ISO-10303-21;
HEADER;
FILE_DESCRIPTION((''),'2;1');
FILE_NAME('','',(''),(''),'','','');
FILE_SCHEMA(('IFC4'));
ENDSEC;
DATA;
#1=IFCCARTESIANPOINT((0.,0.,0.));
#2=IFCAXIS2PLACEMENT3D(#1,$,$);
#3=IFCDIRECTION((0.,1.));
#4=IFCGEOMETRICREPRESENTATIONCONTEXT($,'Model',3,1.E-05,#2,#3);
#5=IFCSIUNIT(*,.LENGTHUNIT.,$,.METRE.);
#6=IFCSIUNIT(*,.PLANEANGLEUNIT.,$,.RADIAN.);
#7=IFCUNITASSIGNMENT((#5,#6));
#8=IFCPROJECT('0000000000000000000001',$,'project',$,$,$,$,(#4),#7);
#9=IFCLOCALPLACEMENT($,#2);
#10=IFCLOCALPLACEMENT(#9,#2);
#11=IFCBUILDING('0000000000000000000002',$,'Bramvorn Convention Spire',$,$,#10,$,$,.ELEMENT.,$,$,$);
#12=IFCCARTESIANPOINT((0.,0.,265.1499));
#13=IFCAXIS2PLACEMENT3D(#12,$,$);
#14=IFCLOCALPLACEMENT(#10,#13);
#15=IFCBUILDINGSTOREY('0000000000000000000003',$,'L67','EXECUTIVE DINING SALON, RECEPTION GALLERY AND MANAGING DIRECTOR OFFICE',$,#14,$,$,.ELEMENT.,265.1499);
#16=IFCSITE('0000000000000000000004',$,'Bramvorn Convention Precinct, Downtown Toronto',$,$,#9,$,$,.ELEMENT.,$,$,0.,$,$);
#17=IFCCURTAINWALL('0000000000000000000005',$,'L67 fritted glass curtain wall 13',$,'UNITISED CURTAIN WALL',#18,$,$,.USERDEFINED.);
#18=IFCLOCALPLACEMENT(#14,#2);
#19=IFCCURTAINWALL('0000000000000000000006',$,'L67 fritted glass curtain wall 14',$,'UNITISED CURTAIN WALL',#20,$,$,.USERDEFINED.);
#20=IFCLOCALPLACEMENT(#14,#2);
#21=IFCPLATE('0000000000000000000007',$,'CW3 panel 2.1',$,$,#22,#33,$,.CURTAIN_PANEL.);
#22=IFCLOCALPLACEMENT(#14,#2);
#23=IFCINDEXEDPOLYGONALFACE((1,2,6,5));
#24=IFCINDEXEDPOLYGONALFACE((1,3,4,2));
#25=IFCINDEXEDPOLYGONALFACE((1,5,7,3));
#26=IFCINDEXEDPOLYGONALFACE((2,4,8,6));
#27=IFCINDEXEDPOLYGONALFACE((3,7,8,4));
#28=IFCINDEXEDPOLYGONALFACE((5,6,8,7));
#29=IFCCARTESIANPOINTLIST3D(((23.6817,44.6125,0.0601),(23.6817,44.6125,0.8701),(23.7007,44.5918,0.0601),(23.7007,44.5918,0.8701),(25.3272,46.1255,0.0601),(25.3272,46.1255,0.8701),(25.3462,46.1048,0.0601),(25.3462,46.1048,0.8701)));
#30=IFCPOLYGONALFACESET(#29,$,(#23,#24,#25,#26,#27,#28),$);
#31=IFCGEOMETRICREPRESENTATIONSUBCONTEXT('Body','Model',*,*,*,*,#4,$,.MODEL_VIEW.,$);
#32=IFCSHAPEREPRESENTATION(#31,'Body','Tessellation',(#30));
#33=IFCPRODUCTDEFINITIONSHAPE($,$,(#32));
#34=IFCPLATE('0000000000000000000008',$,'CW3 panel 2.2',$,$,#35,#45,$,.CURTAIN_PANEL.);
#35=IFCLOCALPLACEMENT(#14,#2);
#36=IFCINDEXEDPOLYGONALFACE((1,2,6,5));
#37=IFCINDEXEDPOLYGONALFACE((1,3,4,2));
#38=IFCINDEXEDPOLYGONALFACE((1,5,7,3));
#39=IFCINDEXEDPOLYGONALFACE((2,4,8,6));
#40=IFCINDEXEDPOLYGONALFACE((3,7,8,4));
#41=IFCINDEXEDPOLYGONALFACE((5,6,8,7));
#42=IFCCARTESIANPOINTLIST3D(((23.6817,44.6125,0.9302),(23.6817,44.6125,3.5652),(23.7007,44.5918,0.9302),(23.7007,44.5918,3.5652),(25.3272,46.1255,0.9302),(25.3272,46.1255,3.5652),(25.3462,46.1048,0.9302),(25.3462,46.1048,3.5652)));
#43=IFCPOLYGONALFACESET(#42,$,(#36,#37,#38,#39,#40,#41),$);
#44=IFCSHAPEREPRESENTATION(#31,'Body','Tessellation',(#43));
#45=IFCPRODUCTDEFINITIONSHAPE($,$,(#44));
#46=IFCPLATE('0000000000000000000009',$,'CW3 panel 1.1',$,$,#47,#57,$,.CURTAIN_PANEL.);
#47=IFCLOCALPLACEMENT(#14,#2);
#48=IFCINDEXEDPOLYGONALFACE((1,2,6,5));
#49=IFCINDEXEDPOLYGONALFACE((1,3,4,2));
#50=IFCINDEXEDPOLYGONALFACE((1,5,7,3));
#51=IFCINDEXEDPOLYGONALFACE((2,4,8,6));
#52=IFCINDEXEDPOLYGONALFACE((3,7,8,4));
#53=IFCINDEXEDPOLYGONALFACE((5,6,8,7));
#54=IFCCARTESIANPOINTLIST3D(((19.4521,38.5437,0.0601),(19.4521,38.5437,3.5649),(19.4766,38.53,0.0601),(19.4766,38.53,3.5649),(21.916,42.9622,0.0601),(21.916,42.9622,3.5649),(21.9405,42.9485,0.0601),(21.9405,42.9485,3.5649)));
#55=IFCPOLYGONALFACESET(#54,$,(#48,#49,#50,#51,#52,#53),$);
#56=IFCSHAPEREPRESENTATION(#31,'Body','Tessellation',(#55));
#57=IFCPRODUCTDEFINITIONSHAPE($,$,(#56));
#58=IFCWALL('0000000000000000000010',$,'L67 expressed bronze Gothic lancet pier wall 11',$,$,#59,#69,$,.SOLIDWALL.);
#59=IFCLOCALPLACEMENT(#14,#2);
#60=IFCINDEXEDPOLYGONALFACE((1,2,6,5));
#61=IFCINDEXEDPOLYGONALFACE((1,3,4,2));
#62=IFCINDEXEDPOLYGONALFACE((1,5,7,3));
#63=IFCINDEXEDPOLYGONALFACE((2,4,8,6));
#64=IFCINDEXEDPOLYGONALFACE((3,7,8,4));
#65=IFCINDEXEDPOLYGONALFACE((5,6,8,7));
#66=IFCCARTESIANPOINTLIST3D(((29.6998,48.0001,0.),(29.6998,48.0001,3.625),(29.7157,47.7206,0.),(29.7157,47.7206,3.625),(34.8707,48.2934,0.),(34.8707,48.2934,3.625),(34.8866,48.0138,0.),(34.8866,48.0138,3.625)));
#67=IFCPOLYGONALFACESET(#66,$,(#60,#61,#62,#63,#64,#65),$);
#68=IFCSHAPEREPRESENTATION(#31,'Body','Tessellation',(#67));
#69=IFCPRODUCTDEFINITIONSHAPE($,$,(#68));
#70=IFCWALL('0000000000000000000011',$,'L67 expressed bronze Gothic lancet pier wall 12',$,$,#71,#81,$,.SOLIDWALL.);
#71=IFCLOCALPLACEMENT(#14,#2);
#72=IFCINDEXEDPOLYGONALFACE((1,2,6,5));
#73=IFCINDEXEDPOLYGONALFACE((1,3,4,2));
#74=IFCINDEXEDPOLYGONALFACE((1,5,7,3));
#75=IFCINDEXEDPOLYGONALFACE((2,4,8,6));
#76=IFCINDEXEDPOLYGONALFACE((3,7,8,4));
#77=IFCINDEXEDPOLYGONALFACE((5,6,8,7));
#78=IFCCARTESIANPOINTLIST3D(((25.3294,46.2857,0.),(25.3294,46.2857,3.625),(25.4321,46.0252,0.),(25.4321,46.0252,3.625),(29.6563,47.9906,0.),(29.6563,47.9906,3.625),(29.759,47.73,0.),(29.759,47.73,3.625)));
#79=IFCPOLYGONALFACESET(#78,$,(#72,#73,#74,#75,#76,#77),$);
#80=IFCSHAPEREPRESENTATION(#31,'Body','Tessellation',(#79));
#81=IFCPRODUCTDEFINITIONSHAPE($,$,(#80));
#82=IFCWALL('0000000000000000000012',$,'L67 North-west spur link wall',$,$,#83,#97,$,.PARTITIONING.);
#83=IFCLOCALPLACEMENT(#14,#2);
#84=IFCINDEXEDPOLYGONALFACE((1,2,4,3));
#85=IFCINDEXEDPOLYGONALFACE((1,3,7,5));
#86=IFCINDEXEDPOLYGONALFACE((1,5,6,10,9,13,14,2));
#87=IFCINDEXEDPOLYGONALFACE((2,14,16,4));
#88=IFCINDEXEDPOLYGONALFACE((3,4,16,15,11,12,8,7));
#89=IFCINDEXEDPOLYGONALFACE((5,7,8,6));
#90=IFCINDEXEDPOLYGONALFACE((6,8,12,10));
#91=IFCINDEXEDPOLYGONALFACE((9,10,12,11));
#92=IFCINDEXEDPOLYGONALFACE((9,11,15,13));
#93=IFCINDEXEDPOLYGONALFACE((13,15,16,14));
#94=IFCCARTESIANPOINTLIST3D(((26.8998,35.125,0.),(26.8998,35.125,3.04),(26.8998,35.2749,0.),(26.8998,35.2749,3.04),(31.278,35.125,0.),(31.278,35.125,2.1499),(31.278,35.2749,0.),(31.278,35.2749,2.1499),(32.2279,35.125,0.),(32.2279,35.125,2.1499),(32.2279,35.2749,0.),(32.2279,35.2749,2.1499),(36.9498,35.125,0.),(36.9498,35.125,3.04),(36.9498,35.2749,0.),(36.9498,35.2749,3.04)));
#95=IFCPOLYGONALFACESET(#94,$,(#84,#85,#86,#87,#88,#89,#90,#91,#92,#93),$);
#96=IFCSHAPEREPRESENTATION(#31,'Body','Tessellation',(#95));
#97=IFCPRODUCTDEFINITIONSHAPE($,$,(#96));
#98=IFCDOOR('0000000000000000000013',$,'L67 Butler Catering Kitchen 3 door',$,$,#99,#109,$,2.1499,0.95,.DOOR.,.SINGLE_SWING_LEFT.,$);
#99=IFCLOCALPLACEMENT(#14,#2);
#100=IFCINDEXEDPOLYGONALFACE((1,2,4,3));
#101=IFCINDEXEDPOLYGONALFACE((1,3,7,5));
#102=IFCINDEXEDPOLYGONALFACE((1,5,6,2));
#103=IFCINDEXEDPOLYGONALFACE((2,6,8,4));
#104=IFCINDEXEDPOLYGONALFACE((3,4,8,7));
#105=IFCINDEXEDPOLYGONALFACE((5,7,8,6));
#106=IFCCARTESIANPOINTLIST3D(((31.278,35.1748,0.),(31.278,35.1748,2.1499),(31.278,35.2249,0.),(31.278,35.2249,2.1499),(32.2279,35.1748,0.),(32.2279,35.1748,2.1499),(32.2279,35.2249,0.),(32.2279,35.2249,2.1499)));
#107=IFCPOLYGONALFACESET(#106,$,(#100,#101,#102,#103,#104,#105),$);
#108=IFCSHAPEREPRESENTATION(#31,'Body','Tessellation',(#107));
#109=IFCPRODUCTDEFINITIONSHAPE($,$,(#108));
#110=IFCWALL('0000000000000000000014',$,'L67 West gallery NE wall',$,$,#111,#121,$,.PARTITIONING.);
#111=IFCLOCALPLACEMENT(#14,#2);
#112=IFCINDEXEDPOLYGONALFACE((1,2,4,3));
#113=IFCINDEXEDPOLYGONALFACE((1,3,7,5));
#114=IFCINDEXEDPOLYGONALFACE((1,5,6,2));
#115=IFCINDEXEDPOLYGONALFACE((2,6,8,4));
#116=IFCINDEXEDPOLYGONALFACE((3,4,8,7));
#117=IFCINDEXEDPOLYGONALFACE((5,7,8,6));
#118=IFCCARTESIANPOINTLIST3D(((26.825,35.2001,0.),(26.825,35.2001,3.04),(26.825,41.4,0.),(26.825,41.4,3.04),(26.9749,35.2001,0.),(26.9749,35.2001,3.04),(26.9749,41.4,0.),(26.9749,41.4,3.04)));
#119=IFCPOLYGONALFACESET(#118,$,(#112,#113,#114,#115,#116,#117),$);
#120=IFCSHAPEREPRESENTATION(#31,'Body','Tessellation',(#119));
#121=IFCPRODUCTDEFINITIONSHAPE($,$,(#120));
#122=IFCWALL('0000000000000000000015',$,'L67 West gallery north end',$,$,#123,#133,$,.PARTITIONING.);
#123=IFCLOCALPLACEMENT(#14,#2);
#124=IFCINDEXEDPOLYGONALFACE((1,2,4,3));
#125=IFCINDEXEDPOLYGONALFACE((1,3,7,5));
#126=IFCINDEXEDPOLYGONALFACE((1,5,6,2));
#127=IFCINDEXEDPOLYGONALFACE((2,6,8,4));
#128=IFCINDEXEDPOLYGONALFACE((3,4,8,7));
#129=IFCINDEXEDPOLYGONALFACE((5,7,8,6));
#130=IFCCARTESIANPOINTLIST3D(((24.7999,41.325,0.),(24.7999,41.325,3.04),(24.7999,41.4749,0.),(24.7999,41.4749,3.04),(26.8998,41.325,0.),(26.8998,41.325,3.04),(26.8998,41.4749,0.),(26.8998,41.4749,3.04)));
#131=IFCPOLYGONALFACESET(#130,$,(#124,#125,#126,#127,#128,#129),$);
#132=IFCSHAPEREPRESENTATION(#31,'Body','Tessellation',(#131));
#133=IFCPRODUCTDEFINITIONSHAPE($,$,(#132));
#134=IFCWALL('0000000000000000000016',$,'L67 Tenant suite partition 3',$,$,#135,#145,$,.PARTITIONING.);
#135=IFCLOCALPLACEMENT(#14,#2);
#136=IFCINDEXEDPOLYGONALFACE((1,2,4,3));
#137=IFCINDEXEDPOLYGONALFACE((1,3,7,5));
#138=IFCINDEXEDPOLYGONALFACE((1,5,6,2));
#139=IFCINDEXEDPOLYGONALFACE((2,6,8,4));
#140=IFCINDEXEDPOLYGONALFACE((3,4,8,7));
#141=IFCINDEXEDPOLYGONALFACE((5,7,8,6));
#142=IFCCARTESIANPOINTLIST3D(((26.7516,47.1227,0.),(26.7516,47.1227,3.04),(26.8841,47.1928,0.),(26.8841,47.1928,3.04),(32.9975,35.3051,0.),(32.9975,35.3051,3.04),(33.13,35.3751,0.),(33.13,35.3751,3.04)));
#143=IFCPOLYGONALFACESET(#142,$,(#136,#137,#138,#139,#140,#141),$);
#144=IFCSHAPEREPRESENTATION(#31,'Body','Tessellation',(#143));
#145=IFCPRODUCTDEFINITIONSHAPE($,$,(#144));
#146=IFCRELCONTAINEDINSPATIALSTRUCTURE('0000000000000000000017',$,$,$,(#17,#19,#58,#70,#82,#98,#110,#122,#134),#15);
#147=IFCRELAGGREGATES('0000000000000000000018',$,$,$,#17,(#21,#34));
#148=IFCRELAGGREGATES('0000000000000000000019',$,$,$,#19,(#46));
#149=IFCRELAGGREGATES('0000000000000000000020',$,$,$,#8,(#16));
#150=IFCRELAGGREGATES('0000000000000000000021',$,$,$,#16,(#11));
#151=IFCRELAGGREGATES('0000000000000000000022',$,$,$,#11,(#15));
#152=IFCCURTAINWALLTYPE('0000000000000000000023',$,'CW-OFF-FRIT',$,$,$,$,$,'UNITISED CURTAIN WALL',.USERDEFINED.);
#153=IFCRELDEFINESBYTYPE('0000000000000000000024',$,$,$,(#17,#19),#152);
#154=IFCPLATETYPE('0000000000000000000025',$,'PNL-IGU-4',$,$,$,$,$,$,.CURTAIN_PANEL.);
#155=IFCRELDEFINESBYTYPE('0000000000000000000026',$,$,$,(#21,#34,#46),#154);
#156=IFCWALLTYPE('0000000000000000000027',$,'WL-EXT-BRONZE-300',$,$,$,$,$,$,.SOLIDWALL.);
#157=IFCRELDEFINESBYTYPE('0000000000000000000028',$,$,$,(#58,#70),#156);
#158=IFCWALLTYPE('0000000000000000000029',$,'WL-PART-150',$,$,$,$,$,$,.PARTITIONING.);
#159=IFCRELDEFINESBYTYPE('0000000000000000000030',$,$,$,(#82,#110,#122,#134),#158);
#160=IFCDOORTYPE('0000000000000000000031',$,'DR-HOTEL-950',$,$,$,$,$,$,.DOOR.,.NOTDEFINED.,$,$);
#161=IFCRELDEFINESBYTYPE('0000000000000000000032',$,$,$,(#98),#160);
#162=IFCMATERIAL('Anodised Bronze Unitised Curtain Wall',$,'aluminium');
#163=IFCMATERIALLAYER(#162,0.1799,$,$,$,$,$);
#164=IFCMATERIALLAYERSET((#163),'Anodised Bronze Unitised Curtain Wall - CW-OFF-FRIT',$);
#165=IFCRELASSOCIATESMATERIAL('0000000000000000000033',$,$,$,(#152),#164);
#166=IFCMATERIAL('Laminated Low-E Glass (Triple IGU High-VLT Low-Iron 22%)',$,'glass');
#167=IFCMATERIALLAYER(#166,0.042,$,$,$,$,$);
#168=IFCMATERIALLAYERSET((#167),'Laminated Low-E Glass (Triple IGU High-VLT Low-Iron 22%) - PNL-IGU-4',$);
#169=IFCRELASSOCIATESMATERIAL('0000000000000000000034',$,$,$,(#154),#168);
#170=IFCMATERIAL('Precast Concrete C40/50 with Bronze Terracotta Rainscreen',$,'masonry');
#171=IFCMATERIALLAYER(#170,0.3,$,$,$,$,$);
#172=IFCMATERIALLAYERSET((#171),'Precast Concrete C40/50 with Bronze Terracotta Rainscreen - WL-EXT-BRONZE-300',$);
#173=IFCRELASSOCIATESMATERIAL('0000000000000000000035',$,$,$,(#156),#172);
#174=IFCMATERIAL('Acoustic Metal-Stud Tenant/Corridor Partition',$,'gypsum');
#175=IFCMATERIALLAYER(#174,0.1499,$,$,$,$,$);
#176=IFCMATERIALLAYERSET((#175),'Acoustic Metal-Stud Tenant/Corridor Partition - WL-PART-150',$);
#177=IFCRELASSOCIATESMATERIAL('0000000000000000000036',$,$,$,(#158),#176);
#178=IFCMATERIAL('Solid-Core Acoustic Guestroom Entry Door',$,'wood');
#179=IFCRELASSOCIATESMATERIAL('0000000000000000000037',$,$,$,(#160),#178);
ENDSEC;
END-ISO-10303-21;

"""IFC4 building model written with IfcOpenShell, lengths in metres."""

from ifc_helpers import new_model, si_unit, direction, frame, frame_2d, origin, origin_2d, place, context, subcontext, project, spatial, rectangle, extrude, material, layer, layer_set, type_object, element, fill, aggregate, save


model = new_model("IFC4")

# Units and contexts
model_context = context("Model", 3, precision=1e-05, world=origin(), true_north=direction((0.0, 1.0)))
body_context = subcontext(model_context, "Body", "Model", "MODEL_VIEW")
ifc_project = project(units=[si_unit("LENGTHUNIT", "METRE"), si_unit("PLANEANGLEUNIT", "RADIAN")], contexts=[model_context])

# Site, building, storey
site_placement = place(None, origin())
site = spatial("IfcSite", under=ifc_project, at=site_placement, Name="Bramvorn Convention Precinct, Downtown Toronto", CompositionType="ELEMENT", RefElevation=0.0)
building_placement = place(site_placement, origin())
building = spatial("IfcBuilding", under=site, at=building_placement, Name="Bramvorn Convention Spire", CompositionType="ELEMENT")
storey_placement = place(building_placement, frame((0.0, 0.0, 265.1499)))
storey = spatial("IfcBuildingStorey", under=building, at=storey_placement, Name="L67", Description="EXECUTIVE DINING SALON, RECEPTION GALLERY AND MANAGING DIRECTOR OFFICE", CompositionType="ELEMENT", Elevation=265.1499)

# Curtain walls
ifc_material_1 = material(Name="Anodised Bronze Unitised Curtain Wall", Category="aluminium")
ifc_layer_1 = layer(ifc_material_1, 0.1799)
ifc_layer_set_1 = layer_set([ifc_layer_1], Name="Anodised Bronze Unitised Curtain Wall - CW-OFF-FRIT")
curtain_wall_type = type_object("IfcCurtainWallType", Name="CW-OFF-FRIT", ElementType="UNITISED CURTAIN WALL", PredefinedType="USERDEFINED", material=ifc_layer_set_1)
curtain_wall_1_placement = place(storey_placement, origin())
curtain_wall_1 = element("IfcCurtainWall", 1, at=curtain_wall_1_placement, inside=storey, type_object=curtain_wall_type, Name="L67 fritted glass curtain wall 13", ObjectType="UNITISED CURTAIN WALL", PredefinedType="USERDEFINED")
curtain_wall_2_placement = place(storey_placement, origin())
curtain_wall_2 = element("IfcCurtainWall", 2, at=curtain_wall_2_placement, inside=storey, type_object=curtain_wall_type, Name="L67 fritted glass curtain wall 14", ObjectType="UNITISED CURTAIN WALL", PredefinedType="USERDEFINED")

# Plates
ifc_material_2 = material(Name="Laminated Low-E Glass (Triple IGU High-VLT Low-Iron 22%)", Category="glass")
ifc_layer_2 = layer(ifc_material_2, 0.042)
ifc_layer_set_2 = layer_set([ifc_layer_2], Name="Laminated Low-E Glass (Triple IGU High-VLT Low-Iron 22%) - PNL-IGU-4")
plate_type = type_object("IfcPlateType", Name="PNL-IGU-4", PredefinedType="CURTAIN_PANEL", material=ifc_layer_set_2)
plate_1_placement = place(storey_placement, frame((24.5139, 45.3586, 0.0601), z_axis=(0.0, 0.0, 1.0), x_axis=(0.736137, 0.676833, 0.0)))
plate_1 = element("IfcPlate", 3, at=plate_1_placement, type_object=plate_type, Name="CW3 panel 2.1", PredefinedType="CURTAIN_PANEL", context=body_context, shape_type="SweptSolid", body=[
    extrude(rectangle(XDim=2.2354, YDim=0.0281, at=origin_2d()), origin(), (0.0, 0.0, 1.0), 0.8101),
])
plate_2_placement = place(storey_placement, frame((24.5139, 45.3586, 0.9302), z_axis=(0.0, 0.0, 1.0), x_axis=(0.736137, 0.676833, 0.0)))
plate_2 = element("IfcPlate", 4, at=plate_2_placement, type_object=plate_type, Name="CW3 panel 2.2", PredefinedType="CURTAIN_PANEL", context=body_context, shape_type="SweptSolid", body=[
    extrude(rectangle(XDim=2.2354, YDim=0.0281, at=origin_2d()), origin(), (0.0, 0.0, 1.0), 2.635),
])
aggregate(curtain_wall_1, [plate_1, plate_2])
plate_3_placement = place(storey_placement, frame((20.6963, 40.7461, 0.0601), z_axis=(0.0, 0.0, 1.0), x_axis=(0.487029, 0.873386, 0.0)))
plate_3 = element("IfcPlate", 5, at=plate_3_placement, type_object=plate_type, Name="CW3 panel 1.1", PredefinedType="CURTAIN_PANEL", context=body_context, shape_type="SweptSolid", body=[
    extrude(rectangle(XDim=5.0591, YDim=0.0281, at=origin_2d()), origin(), (0.0, 0.0, 1.0), 3.5049),
])
aggregate(curtain_wall_2, [plate_3])

# Walls
ifc_material_3 = material(Name="Precast Concrete C40/50 with Bronze Terracotta Rainscreen", Category="masonry")
ifc_layer_3 = layer(ifc_material_3, 0.3)
ifc_layer_set_3 = layer_set([ifc_layer_3], Name="Precast Concrete C40/50 with Bronze Terracotta Rainscreen - WL-EXT-BRONZE-300")
wall_type_1 = type_object("IfcWallType", Name="WL-EXT-BRONZE-300", PredefinedType="SOLIDWALL", material=ifc_layer_set_3)
wall_1_placement = place(storey_placement, frame((29.7078, 47.8604, 0.0), z_axis=(0.0, 0.0, 1.0), x_axis=(0.998396, 0.056613, 0.0)))
element("IfcWall", 6, at=wall_1_placement, inside=storey, type_object=wall_type_1, Name="L67 expressed bronze Gothic lancet pier wall 11", PredefinedType="SOLIDWALL", context=body_context, shape_type="SweptSolid", body=[
    extrude(rectangle(XDim=5.1792, YDim=0.28, at=frame_2d((2.5896, 0.0))), origin(), (0.0, 0.0, 1.0), 3.625),
])
wall_2_placement = place(storey_placement, frame((25.3809, 46.1555, 0.0), z_axis=(0.0, 0.0, 1.0), x_axis=(0.930387, 0.36658, 0.0)))
element("IfcWall", 7, at=wall_2_placement, inside=storey, type_object=wall_type_1, Name="L67 expressed bronze Gothic lancet pier wall 12", PredefinedType="SOLIDWALL", context=body_context, shape_type="SweptSolid", body=[
    extrude(rectangle(XDim=4.6506, YDim=0.28, at=frame_2d((2.3252, 0.0))), origin(), (0.0, 0.0, 1.0), 3.625),
])

# Wall, opening, door
ifc_material_4 = material(Name="Acoustic Metal-Stud Tenant/Corridor Partition", Category="gypsum")
ifc_layer_4 = layer(ifc_material_4, 0.1499)
ifc_layer_set_4 = layer_set([ifc_layer_4], Name="Acoustic Metal-Stud Tenant/Corridor Partition - WL-PART-150")
wall_type_2 = type_object("IfcWallType", Name="WL-PART-150", PredefinedType="PARTITIONING", material=ifc_layer_set_4)
wall_3_placement = place(storey_placement, frame((26.8999, 35.2, 0.0), z_axis=(0.0, 0.0, 1.0), x_axis=(1.0, 0.0, 0.0)))
wall_3 = element("IfcWall", 8, at=wall_3_placement, inside=storey, type_object=wall_type_2, Name="L67 North-west spur link wall", PredefinedType="PARTITIONING", context=body_context, shape_type="SweptSolid", body=[
    extrude(rectangle(XDim=10.05, YDim=0.1499, at=frame_2d((5.0249, 0.0))), origin(), (0.0, 0.0, 1.0), 3.04),
])
opening_placement = place(wall_3_placement, frame((4.3779, 0.0, 0.0)))
opening = element("IfcOpeningElement", 9, at=opening_placement, cuts=wall_3, PredefinedType="OPENING", context=body_context, shape_type="SweptSolid", body=[
    extrude(rectangle(XDim=0.95, YDim=2.1499, at=frame_2d((0.4751, 1.075))), frame((0.0, 0.085, 0.0), z_axis=(0.0, -1.0, 0.0), x_axis=(1.0, 0.0, 0.0)), (0.0, 0.0, 1.0), 0.1699),
])
ifc_material_5 = material(Name="Solid-Core Acoustic Guestroom Entry Door", Category="wood")
door_type = type_object("IfcDoorType", Name="DR-HOTEL-950", OperationType="NOTDEFINED", PredefinedType="DOOR", material=ifc_material_5)
door_placement = place(opening_placement, origin())
door = element("IfcDoor", 10, at=door_placement, inside=storey, type_object=door_type, Name="L67 Butler Catering Kitchen 3 door", OperationType="SINGLE_SWING_LEFT", OverallHeight=2.1499, OverallWidth=0.95, PredefinedType="DOOR", context=body_context, shape_type="SweptSolid", body=[
    extrude(rectangle(XDim=0.95, YDim=2.1499, at=frame_2d((0.4751, 1.075))), frame((0.0, 0.0249, 0.0), z_axis=(0.0, -1.0, 0.0), x_axis=(1.0, 0.0, 0.0)), (0.0, 0.0, 1.0), 0.05),
])
fill(opening, door)

# Walls
wall_4_placement = place(storey_placement, frame((26.8999, 35.2, 0.0), z_axis=(0.0, 0.0, 1.0), x_axis=(0.0, 1.0, 0.0)))
element("IfcWall", 11, at=wall_4_placement, inside=storey, type_object=wall_type_2, Name="L67 West gallery NE wall", PredefinedType="PARTITIONING", context=body_context, shape_type="SweptSolid", body=[
    extrude(rectangle(XDim=6.2, YDim=0.1499, at=frame_2d((3.1001, 0.0))), origin(), (0.0, 0.0, 1.0), 3.04),
])
wall_5_placement = place(storey_placement, frame((24.8, 41.3999, 0.0), z_axis=(0.0, 0.0, 1.0), x_axis=(1.0, 0.0, 0.0)))
element("IfcWall", 12, at=wall_5_placement, inside=storey, type_object=wall_type_2, Name="L67 West gallery north end", PredefinedType="PARTITIONING", context=body_context, shape_type="SweptSolid", body=[
    extrude(rectangle(XDim=2.0999, YDim=0.1499, at=frame_2d((1.0498, 0.0))), origin(), (0.0, 0.0, 1.0), 3.04),
])
wall_6_placement = place(storey_placement, frame((33.0637, 35.3401, 0.0), z_axis=(0.0, 0.0, 1.0), x_axis=(-0.467272, 0.884114, 0.0)))
element("IfcWall", 13, at=wall_6_placement, inside=storey, type_object=wall_type_2, Name="L67 Tenant suite partition 3", PredefinedType="PARTITIONING", context=body_context, shape_type="SweptSolid", body=[
    extrude(rectangle(XDim=13.3667, YDim=0.1499, at=frame_2d((6.6833, 0.0))), origin(), (0.0, 0.0, 1.0), 3.04),
])

save(model, "model.ifc")
